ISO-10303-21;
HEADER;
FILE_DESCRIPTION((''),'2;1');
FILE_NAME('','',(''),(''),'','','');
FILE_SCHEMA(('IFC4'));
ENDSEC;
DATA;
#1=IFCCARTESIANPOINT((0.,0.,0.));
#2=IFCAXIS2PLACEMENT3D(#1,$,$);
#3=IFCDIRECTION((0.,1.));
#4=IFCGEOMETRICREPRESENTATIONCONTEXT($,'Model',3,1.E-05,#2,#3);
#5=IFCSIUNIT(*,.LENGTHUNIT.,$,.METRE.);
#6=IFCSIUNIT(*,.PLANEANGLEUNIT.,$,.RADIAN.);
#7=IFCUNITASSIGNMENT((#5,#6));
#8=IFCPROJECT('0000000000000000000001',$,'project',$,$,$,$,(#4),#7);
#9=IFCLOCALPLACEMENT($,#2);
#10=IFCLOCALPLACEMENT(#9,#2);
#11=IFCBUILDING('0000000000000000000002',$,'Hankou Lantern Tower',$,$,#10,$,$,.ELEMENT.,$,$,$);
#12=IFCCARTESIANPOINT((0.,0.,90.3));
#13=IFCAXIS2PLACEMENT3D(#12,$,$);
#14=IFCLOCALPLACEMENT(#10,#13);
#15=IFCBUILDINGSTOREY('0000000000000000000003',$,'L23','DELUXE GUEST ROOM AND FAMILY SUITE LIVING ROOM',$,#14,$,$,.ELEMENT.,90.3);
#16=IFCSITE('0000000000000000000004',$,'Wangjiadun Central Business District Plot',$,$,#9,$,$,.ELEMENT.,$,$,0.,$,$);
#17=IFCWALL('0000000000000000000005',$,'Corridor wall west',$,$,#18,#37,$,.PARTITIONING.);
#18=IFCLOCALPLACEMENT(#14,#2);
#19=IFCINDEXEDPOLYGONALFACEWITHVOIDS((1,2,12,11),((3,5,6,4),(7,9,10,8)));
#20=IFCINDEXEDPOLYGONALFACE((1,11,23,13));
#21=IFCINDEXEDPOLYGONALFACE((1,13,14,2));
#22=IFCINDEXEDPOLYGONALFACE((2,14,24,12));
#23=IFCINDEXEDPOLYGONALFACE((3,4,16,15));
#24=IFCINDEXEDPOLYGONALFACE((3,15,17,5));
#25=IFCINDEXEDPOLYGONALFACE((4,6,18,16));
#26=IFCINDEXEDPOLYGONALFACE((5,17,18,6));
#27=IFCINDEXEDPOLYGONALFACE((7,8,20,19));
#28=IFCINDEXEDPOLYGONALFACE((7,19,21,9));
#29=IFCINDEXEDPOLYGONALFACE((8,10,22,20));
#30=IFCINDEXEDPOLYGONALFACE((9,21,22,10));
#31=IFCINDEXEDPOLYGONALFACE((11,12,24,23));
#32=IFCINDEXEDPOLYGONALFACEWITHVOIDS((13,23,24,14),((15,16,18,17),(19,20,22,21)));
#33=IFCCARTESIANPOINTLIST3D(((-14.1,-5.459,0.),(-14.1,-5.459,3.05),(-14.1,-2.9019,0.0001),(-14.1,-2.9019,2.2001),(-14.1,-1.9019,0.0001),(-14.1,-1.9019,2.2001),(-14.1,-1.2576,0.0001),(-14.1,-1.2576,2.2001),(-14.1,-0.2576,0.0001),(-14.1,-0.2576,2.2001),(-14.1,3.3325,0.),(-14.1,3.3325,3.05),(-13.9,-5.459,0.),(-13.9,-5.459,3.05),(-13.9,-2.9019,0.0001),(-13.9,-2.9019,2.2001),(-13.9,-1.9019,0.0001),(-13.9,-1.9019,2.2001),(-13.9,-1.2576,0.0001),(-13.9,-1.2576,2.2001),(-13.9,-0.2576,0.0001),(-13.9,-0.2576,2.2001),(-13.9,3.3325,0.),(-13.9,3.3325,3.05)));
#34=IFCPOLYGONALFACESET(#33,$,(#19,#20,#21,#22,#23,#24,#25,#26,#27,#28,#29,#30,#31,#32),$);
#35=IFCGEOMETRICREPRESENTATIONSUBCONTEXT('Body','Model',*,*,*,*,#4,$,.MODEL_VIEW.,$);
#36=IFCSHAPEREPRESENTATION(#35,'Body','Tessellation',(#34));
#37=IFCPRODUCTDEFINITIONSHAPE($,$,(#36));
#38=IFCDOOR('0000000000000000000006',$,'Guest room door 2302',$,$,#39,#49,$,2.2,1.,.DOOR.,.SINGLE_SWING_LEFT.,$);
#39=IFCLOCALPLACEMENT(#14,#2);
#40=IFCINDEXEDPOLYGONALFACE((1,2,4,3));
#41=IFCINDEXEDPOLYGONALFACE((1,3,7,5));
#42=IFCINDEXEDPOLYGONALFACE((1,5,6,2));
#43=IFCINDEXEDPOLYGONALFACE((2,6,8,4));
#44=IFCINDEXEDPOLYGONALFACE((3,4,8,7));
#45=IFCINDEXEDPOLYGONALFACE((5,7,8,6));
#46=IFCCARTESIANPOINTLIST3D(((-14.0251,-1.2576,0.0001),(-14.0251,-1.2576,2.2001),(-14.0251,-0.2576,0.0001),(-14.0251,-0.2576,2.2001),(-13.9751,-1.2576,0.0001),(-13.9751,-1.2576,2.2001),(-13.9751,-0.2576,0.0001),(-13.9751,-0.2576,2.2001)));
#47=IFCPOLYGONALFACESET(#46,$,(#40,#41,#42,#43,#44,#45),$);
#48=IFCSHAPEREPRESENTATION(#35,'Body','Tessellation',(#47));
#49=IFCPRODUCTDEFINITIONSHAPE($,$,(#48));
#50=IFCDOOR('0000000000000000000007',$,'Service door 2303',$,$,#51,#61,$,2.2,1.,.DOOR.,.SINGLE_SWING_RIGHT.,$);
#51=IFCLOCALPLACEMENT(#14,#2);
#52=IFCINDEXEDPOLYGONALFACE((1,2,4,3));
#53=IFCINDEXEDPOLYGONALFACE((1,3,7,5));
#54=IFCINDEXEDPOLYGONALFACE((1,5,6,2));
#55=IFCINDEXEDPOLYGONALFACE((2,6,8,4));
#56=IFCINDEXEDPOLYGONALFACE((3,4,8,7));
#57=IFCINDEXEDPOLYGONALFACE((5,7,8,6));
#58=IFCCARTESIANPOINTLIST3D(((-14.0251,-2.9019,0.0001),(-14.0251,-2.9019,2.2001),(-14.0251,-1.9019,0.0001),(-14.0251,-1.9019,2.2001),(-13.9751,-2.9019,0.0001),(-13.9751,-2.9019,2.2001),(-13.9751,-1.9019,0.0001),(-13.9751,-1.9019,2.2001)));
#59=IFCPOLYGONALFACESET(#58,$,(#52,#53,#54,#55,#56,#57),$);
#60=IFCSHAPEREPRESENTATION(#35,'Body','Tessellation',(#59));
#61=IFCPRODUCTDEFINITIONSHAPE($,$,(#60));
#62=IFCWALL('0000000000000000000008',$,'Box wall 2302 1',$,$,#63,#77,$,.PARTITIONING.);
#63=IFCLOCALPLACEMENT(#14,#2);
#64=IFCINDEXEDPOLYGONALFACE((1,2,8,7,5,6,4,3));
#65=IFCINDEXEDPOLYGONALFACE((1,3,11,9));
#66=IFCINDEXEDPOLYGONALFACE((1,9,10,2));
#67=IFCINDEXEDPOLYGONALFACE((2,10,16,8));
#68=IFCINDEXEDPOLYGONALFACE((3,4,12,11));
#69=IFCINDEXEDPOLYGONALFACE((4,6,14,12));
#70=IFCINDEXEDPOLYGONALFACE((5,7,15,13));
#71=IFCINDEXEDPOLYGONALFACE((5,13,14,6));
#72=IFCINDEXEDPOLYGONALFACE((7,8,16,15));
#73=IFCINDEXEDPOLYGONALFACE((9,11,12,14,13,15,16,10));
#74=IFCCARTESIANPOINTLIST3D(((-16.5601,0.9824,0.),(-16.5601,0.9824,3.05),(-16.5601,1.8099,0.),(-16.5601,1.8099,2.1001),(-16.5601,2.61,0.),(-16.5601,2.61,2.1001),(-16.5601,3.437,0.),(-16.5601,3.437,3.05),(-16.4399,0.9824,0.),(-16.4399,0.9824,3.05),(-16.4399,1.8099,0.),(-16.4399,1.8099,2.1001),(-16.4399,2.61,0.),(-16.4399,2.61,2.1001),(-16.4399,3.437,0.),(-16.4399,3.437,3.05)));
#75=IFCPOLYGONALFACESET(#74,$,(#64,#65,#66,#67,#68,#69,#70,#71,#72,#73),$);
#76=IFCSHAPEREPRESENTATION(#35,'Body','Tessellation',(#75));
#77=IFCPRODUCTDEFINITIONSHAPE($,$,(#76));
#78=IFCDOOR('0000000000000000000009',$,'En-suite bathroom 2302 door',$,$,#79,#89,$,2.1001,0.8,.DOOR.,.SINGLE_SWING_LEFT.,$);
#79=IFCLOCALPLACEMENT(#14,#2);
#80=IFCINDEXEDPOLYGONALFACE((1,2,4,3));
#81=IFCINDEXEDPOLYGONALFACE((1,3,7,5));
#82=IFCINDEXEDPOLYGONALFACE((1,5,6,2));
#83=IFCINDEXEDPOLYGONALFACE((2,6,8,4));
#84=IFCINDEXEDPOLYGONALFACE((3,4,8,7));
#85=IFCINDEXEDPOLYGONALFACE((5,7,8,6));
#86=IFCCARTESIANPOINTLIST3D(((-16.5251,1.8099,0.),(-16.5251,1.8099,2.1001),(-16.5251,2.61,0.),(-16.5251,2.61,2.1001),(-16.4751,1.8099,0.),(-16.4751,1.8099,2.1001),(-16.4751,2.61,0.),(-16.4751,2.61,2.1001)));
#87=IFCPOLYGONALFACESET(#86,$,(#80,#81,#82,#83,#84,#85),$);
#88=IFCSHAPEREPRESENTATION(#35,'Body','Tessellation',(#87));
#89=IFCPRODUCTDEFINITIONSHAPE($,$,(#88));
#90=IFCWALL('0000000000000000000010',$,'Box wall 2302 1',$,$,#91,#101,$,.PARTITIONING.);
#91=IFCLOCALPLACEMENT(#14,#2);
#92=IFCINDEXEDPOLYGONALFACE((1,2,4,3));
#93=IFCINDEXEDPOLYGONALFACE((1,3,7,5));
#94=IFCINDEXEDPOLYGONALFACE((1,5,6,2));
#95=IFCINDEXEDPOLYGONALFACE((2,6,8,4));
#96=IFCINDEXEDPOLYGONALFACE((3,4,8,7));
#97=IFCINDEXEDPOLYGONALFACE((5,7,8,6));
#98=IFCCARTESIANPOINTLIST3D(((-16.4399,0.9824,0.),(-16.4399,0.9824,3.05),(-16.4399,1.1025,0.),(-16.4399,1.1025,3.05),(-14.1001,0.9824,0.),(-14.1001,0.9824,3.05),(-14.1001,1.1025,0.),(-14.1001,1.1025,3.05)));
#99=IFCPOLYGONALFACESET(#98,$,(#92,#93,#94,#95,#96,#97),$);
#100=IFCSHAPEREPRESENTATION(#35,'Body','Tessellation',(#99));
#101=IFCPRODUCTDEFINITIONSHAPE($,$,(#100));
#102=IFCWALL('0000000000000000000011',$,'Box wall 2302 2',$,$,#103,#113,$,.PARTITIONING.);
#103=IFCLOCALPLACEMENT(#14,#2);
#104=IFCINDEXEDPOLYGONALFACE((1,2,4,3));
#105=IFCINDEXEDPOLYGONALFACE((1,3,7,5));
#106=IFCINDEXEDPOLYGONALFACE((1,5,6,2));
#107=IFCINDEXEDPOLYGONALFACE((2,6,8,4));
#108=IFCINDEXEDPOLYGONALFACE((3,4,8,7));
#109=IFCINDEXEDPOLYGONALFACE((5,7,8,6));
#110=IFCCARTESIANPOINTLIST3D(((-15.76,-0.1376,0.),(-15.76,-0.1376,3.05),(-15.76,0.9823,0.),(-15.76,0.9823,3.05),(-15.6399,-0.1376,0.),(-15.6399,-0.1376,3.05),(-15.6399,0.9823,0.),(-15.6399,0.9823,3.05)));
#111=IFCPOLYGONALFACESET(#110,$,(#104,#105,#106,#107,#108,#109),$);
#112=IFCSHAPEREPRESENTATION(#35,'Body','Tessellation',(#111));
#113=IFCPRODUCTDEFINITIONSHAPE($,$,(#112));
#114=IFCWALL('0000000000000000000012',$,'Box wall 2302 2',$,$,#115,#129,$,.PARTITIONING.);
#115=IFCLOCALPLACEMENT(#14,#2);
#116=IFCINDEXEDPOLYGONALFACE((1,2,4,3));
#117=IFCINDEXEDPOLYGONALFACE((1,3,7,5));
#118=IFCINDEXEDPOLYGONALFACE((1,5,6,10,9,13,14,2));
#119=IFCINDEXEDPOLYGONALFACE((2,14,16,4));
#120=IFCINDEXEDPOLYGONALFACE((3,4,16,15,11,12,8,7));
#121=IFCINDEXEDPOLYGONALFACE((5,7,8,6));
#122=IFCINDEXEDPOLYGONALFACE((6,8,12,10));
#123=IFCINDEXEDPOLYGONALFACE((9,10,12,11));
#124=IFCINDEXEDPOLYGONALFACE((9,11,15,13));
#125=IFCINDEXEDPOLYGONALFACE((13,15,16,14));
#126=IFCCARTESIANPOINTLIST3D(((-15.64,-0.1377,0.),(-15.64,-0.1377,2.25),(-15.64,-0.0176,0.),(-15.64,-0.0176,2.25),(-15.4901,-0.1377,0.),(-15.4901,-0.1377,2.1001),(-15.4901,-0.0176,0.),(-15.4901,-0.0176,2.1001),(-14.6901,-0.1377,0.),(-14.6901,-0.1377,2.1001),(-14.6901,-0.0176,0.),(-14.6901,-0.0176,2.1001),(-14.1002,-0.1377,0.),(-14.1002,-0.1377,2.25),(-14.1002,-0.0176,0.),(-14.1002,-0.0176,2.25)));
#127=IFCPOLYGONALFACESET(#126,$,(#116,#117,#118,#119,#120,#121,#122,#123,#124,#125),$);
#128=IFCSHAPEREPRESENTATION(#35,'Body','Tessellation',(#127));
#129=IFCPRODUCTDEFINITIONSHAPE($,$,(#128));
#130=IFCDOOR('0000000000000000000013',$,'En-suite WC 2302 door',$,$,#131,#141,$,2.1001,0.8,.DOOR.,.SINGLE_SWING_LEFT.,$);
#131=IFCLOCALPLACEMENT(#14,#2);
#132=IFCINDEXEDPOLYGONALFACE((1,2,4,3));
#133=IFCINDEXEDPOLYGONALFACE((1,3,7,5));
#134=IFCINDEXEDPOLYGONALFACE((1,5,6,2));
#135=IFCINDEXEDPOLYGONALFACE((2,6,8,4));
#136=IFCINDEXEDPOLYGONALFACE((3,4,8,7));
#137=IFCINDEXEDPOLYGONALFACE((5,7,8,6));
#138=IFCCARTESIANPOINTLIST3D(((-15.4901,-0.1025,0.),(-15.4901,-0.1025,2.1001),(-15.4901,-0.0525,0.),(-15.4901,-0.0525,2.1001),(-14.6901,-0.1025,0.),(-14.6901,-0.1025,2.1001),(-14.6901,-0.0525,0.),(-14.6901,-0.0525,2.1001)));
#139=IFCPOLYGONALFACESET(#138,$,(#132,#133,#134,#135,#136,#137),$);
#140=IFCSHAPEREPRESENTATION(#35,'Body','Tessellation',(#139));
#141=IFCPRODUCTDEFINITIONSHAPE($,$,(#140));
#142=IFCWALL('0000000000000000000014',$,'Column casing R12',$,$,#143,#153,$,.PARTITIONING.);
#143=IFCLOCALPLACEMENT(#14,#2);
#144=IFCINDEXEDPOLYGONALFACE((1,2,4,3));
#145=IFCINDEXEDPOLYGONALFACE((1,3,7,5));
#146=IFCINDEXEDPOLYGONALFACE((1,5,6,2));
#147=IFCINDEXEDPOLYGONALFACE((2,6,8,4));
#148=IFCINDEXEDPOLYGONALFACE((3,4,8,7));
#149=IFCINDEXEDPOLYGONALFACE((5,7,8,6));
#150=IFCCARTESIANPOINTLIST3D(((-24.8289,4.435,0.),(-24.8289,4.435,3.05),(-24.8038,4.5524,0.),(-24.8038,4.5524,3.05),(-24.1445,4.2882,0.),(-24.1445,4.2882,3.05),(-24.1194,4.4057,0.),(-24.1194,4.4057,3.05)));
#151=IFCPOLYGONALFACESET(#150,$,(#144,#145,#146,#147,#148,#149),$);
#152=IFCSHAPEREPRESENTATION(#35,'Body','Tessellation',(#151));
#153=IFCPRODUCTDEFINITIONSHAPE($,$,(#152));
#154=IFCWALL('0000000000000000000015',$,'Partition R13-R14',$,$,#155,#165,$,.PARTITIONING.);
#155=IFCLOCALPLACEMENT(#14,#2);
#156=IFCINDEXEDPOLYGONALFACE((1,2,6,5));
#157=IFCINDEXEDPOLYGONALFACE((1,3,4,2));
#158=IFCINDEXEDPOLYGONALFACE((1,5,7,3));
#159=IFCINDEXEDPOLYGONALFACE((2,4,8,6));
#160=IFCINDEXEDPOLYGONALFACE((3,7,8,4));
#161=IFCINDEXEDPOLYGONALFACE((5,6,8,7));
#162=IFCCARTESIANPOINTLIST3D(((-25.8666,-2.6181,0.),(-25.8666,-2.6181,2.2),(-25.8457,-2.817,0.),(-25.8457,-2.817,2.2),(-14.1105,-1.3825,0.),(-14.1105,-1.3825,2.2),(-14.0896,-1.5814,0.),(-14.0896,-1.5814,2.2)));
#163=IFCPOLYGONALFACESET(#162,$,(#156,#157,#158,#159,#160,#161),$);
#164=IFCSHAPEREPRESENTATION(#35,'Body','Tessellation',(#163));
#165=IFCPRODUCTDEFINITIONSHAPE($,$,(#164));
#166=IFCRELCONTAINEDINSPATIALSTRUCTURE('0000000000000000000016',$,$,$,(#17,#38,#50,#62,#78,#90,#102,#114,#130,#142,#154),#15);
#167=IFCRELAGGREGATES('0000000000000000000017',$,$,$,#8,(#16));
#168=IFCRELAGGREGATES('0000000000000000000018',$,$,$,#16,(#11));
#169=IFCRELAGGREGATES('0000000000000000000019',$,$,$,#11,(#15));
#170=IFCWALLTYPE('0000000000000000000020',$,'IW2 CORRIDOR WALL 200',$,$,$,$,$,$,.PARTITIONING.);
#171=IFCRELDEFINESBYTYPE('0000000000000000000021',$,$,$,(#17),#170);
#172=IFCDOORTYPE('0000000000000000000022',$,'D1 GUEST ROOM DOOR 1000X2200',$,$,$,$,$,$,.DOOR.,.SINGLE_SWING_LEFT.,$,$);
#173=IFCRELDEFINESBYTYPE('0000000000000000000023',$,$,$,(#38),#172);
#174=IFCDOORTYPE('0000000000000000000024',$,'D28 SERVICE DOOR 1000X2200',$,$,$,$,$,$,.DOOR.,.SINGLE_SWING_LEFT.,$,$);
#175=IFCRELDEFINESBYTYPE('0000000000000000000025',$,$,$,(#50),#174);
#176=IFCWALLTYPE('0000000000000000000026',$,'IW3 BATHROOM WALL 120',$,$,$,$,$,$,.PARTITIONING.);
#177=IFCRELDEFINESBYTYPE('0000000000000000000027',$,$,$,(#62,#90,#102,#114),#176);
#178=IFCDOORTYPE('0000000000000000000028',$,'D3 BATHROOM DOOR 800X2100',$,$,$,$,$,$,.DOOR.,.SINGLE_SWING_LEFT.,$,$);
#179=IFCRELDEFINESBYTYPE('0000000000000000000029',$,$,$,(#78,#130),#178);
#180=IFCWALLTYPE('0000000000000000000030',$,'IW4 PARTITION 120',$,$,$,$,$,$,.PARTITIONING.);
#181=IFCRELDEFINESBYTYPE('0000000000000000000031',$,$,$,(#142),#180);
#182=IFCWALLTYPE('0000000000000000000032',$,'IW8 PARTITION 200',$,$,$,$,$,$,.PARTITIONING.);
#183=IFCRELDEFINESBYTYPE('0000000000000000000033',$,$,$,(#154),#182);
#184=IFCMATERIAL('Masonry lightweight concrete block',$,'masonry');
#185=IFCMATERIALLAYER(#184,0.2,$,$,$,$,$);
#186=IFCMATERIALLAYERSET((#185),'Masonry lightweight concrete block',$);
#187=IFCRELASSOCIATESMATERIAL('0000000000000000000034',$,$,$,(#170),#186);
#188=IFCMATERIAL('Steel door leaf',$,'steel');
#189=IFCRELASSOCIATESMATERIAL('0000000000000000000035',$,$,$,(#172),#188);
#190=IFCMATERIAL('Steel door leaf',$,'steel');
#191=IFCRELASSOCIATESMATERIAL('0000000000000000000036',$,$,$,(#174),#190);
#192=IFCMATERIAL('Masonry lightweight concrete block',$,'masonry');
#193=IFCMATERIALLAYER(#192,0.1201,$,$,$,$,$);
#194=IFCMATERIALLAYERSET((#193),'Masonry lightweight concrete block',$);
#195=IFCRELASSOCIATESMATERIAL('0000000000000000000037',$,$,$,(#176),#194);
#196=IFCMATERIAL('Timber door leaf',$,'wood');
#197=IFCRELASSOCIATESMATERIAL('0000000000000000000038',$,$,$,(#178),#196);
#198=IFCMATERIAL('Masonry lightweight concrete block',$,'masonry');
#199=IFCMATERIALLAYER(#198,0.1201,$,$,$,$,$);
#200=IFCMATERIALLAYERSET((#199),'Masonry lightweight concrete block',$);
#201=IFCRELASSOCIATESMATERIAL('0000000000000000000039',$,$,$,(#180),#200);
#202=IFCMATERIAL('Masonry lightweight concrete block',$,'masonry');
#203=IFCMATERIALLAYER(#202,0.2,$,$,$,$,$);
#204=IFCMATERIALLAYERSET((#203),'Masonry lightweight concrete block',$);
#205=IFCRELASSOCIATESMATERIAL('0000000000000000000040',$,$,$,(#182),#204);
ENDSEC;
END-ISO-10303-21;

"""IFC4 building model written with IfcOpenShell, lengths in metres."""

from ifc_helpers import new_model, si_unit, direction, frame, frame_2d, origin, place, context, subcontext, project, spatial, rectangle, extrude, material, layer, layer_set, type_object, element, fill, save


model = new_model("IFC4")

# Units and contexts
model_context = context("Model", 3, precision=1e-05, world=origin(), true_north=direction((0.0, 1.0)))
body_context = subcontext(model_context, "Body", "Model", "MODEL_VIEW")
ifc_project = project(units=[si_unit("LENGTHUNIT", "METRE"), si_unit("PLANEANGLEUNIT", "RADIAN")], contexts=[model_context])

# Site, building, storey
site_placement = place(None, origin())
site = spatial("IfcSite", under=ifc_project, at=site_placement, Name="Wangjiadun Central Business District Plot", CompositionType="ELEMENT", RefElevation=0.0)
building_placement = place(site_placement, origin())
building = spatial("IfcBuilding", under=site, at=building_placement, Name="Hankou Lantern Tower", CompositionType="ELEMENT")
storey_placement = place(building_placement, frame((0.0, 0.0, 90.3)))
storey = spatial("IfcBuildingStorey", under=building, at=storey_placement, Name="L23", Description="DELUXE GUEST ROOM AND FAMILY SUITE LIVING ROOM", CompositionType="ELEMENT", Elevation=90.3)

# Shared definitions
ifc_material_1 = material(Name="Masonry lightweight concrete block", Category="masonry")
ifc_layer_1 = layer(ifc_material_1, 0.2)
ifc_layer_set_1 = layer_set([ifc_layer_1], Name="Masonry lightweight concrete block")
wall_type_1 = type_object("IfcWallType", Name="IW2 CORRIDOR WALL 200", PredefinedType="PARTITIONING", material=ifc_layer_set_1)

# Shared definitions
ifc_material_2 = material(Name="Steel door leaf", Category="steel")
door_type_1 = type_object("IfcDoorType", Name="D1 GUEST ROOM DOOR 1000X2200", OperationType="SINGLE_SWING_LEFT", PredefinedType="DOOR", material=ifc_material_2)

# Wall, openings, doors
wall_1_placement = place(storey_placement, frame((-14.0, 3.3325, 0.0), z_axis=(0.0, 0.0, 1.0), x_axis=(0.0, -1.0, 0.0)))
wall_1 = element("IfcWall", 1, at=wall_1_placement, inside=storey, type_object=wall_type_1, Name="Corridor wall west", PredefinedType="PARTITIONING", context=body_context, shape_type="SweptSolid", body=[
    extrude(rectangle(XDim=8.7915, YDim=0.2, at=frame_2d((4.3958, 0.0))), origin(), (0.0, 0.0, 1.0), 3.05),
])
opening_1_placement = place(wall_1_placement, frame((3.5901, 0.0, 0.0)))
opening_1 = element("IfcOpeningElement", 2, at=opening_1_placement, cuts=wall_1, PredefinedType="OPENING", context=body_context, shape_type="SweptSolid", body=[
    extrude(rectangle(XDim=1.0, YDim=2.2, at=frame_2d((0.5, 1.1001))), frame((0.0, 0.1099, 0.0), z_axis=(0.0, -1.0, 0.0), x_axis=(1.0, 0.0, 0.0)), (0.0, 0.0, 1.0), 0.22),
])
opening_2_placement = place(wall_1_placement, frame((5.2344, 0.0, 0.0)))
opening_2 = element("IfcOpeningElement", 3, at=opening_2_placement, cuts=wall_1, PredefinedType="OPENING", context=body_context, shape_type="SweptSolid", body=[
    extrude(rectangle(XDim=1.0, YDim=2.2, at=frame_2d((0.5, 1.1001))), frame((0.0, 0.1099, 0.0), z_axis=(0.0, -1.0, 0.0), x_axis=(1.0, 0.0, 0.0)), (0.0, 0.0, 1.0), 0.22),
])
door_1_placement = place(opening_1_placement, origin())
door_1 = element("IfcDoor", 4, at=door_1_placement, inside=storey, type_object=door_type_1, Name="Guest room door 2302", OperationType="SINGLE_SWING_LEFT", OverallHeight=2.2, OverallWidth=1.0, PredefinedType="DOOR", context=body_context, shape_type="SweptSolid", body=[
    extrude(rectangle(XDim=1.0, YDim=2.2, at=frame_2d((0.5, 1.1001))), frame((0.0, 0.0249, 0.0), z_axis=(0.0, -1.0, 0.0), x_axis=(1.0, 0.0, 0.0)), (0.0, 0.0, 1.0), 0.05),
])
fill(opening_1, door_1)
ifc_material_3 = material(Name="Steel door leaf", Category="steel")
door_type_2 = type_object("IfcDoorType", Name="D28 SERVICE DOOR 1000X2200", OperationType="SINGLE_SWING_LEFT", PredefinedType="DOOR", material=ifc_material_3)
door_2_placement = place(opening_2_placement, origin())
door_2 = element("IfcDoor", 5, at=door_2_placement, inside=storey, type_object=door_type_2, Name="Service door 2303", OperationType="SINGLE_SWING_RIGHT", OverallHeight=2.2, OverallWidth=1.0, PredefinedType="DOOR", context=body_context, shape_type="SweptSolid", body=[
    extrude(rectangle(XDim=1.0, YDim=2.2, at=frame_2d((0.5, 1.1001))), frame((0.0, 0.0249, 0.0), z_axis=(0.0, -1.0, 0.0), x_axis=(1.0, 0.0, 0.0)), (0.0, 0.0, 1.0), 0.05),
])
fill(opening_2, door_2)

# Wall, opening, door
ifc_material_4 = material(Name="Masonry lightweight concrete block", Category="masonry")
ifc_layer_2 = layer(ifc_material_4, 0.1201)
ifc_layer_set_2 = layer_set([ifc_layer_2], Name="Masonry lightweight concrete block")
wall_type_2 = type_object("IfcWallType", Name="IW3 BATHROOM WALL 120", PredefinedType="PARTITIONING", material=ifc_layer_set_2)
wall_2_placement = place(storey_placement, frame((-16.5, 3.437, 0.0), z_axis=(0.0, 0.0, 1.0), x_axis=(0.0, -1.0, 0.0)))
wall_2 = element("IfcWall", 6, at=wall_2_placement, inside=storey, type_object=wall_type_2, Name="Box wall 2302 1", PredefinedType="PARTITIONING", context=body_context, shape_type="SweptSolid", body=[
    extrude(rectangle(XDim=2.4546, YDim=0.1201, at=frame_2d((1.2273, 0.0))), origin(), (0.0, 0.0, 1.0), 3.05),
])
opening_3_placement = place(wall_2_placement, frame((0.8271, 0.0, 0.0)))
opening_3 = element("IfcOpeningElement", 7, at=opening_3_placement, cuts=wall_2, PredefinedType="OPENING", context=body_context, shape_type="SweptSolid", body=[
    extrude(rectangle(XDim=0.8, YDim=2.1001, at=frame_2d((0.3999, 1.05))), frame((0.0, 0.0701, 0.0), z_axis=(0.0, -1.0, 0.0), x_axis=(1.0, 0.0, 0.0)), (0.0, 0.0, 1.0), 0.1401),
])
ifc_material_5 = material(Name="Timber door leaf", Category="wood")
door_type_3 = type_object("IfcDoorType", Name="D3 BATHROOM DOOR 800X2100", OperationType="SINGLE_SWING_LEFT", PredefinedType="DOOR", material=ifc_material_5)
door_3_placement = place(opening_3_placement, origin())
door_3 = element("IfcDoor", 8, at=door_3_placement, inside=storey, type_object=door_type_3, Name="En-suite bathroom 2302 door", OperationType="SINGLE_SWING_LEFT", OverallHeight=2.1001, OverallWidth=0.8, PredefinedType="DOOR", context=body_context, shape_type="SweptSolid", body=[
    extrude(rectangle(XDim=0.8, YDim=2.1001, at=frame_2d((0.3999, 1.05))), frame((0.0, 0.0249, 0.0), z_axis=(0.0, -1.0, 0.0), x_axis=(1.0, 0.0, 0.0)), (0.0, 0.0, 1.0), 0.05),
])
fill(opening_3, door_3)

# Walls
wall_3_placement = place(storey_placement, frame((-14.1001, 1.0425, 0.0), z_axis=(0.0, 0.0, 1.0), x_axis=(-1.0, 0.0, 0.0)))
element("IfcWall", 9, at=wall_3_placement, inside=storey, type_object=wall_type_2, Name="Box wall 2302 1", PredefinedType="PARTITIONING", context=body_context, shape_type="SweptSolid", body=[
    extrude(rectangle(XDim=2.3398, YDim=0.1201, at=frame_2d((1.1699, 0.0))), origin(), (0.0, 0.0, 1.0), 3.05),
])
wall_4_placement = place(storey_placement, frame((-15.7, 0.9824, 0.0), z_axis=(0.0, 0.0, 1.0), x_axis=(0.0, -1.0, 0.0)))
element("IfcWall", 10, at=wall_4_placement, inside=storey, type_object=wall_type_2, Name="Box wall 2302 2", PredefinedType="PARTITIONING", context=body_context, shape_type="SweptSolid", body=[
    extrude(rectangle(XDim=1.1199, YDim=0.1201, at=frame_2d((0.5601, 0.0))), origin(), (0.0, 0.0, 1.0), 3.05),
])

# Wall, opening, door
wall_5_placement = place(storey_placement, frame((-14.1001, -0.0776, 0.0), z_axis=(0.0, 0.0, 1.0), x_axis=(-1.0, 0.0, 0.0)))
wall_5 = element("IfcWall", 11, at=wall_5_placement, inside=storey, type_object=wall_type_2, Name="Box wall 2302 2", PredefinedType="PARTITIONING", context=body_context, shape_type="SweptSolid", body=[
    extrude(rectangle(XDim=1.5398, YDim=0.1201, at=frame_2d((0.77, 0.0))), origin(), (0.0, 0.0, 1.0), 2.25),
])
opening_4_placement = place(wall_5_placement, frame((0.5901, 0.0, 0.0)))
opening_4 = element("IfcOpeningElement", 12, at=opening_4_placement, cuts=wall_5, PredefinedType="OPENING", context=body_context, shape_type="SweptSolid", body=[
    extrude(rectangle(XDim=0.8, YDim=2.1001, at=frame_2d((0.3999, 1.05))), frame((0.0, 0.0701, 0.0), z_axis=(0.0, -1.0, 0.0), x_axis=(1.0, 0.0, 0.0)), (0.0, 0.0, 1.0), 0.1401),
])
door_4_placement = place(opening_4_placement, origin())
door_4 = element("IfcDoor", 13, at=door_4_placement, inside=storey, type_object=door_type_3, Name="En-suite WC 2302 door", OperationType="SINGLE_SWING_LEFT", OverallHeight=2.1001, OverallWidth=0.8, PredefinedType="DOOR", context=body_context, shape_type="SweptSolid", body=[
    extrude(rectangle(XDim=0.8, YDim=2.1001, at=frame_2d((0.3999, 1.05))), frame((0.0, 0.0249, 0.0), z_axis=(0.0, -1.0, 0.0), x_axis=(1.0, 0.0, 0.0)), (0.0, 0.0, 1.0), 0.05),
])
fill(opening_4, door_4)

# Walls
ifc_material_6 = material(Name="Masonry lightweight concrete block", Category="masonry")
ifc_layer_3 = layer(ifc_material_6, 0.1201)
ifc_layer_set_3 = layer_set([ifc_layer_3], Name="Masonry lightweight concrete block")
wall_type_3 = type_object("IfcWallType", Name="IW4 PARTITION 120", PredefinedType="PARTITIONING", material=ifc_layer_set_3)
wall_6_placement = place(storey_placement, frame((-24.1318, 4.3469, 0.0), z_axis=(0.0, 0.0, 1.0), x_axis=(-0.977777, 0.209648, 0.0)))
element("IfcWall", 14, at=wall_6_placement, inside=storey, type_object=wall_type_3, Name="Column casing R12", PredefinedType="PARTITIONING", context=body_context, shape_type="SweptSolid", body=[
    extrude(rectangle(XDim=0.7, YDim=0.1201, at=frame_2d((0.3501, 0.0))), origin(), (0.0, 0.0, 1.0), 3.05),
])
ifc_material_7 = material(Name="Masonry lightweight concrete block", Category="masonry")
ifc_layer_4 = layer(ifc_material_7, 0.2)
ifc_layer_set_4 = layer_set([ifc_layer_4], Name="Masonry lightweight concrete block")
wall_type_4 = type_object("IfcWallType", Name="IW8 PARTITION 200", PredefinedType="PARTITIONING", material=ifc_layer_set_4)
wall_7_placement = place(storey_placement, frame((-14.1001, -1.4819, 0.0), z_axis=(0.0, 0.0, 1.0), x_axis=(-0.994522, -0.104527, 0.0)))
element("IfcWall", 15, at=wall_7_placement, inside=storey, type_object=wall_type_4, Name="Partition R13-R14", PredefinedType="PARTITIONING", context=body_context, shape_type="SweptSolid", body=[
    extrude(rectangle(XDim=11.8208, YDim=0.2, at=frame_2d((5.9104, 0.0))), origin(), (0.0, 0.0, 1.0), 2.2),
])

save(model, "model.ifc")
